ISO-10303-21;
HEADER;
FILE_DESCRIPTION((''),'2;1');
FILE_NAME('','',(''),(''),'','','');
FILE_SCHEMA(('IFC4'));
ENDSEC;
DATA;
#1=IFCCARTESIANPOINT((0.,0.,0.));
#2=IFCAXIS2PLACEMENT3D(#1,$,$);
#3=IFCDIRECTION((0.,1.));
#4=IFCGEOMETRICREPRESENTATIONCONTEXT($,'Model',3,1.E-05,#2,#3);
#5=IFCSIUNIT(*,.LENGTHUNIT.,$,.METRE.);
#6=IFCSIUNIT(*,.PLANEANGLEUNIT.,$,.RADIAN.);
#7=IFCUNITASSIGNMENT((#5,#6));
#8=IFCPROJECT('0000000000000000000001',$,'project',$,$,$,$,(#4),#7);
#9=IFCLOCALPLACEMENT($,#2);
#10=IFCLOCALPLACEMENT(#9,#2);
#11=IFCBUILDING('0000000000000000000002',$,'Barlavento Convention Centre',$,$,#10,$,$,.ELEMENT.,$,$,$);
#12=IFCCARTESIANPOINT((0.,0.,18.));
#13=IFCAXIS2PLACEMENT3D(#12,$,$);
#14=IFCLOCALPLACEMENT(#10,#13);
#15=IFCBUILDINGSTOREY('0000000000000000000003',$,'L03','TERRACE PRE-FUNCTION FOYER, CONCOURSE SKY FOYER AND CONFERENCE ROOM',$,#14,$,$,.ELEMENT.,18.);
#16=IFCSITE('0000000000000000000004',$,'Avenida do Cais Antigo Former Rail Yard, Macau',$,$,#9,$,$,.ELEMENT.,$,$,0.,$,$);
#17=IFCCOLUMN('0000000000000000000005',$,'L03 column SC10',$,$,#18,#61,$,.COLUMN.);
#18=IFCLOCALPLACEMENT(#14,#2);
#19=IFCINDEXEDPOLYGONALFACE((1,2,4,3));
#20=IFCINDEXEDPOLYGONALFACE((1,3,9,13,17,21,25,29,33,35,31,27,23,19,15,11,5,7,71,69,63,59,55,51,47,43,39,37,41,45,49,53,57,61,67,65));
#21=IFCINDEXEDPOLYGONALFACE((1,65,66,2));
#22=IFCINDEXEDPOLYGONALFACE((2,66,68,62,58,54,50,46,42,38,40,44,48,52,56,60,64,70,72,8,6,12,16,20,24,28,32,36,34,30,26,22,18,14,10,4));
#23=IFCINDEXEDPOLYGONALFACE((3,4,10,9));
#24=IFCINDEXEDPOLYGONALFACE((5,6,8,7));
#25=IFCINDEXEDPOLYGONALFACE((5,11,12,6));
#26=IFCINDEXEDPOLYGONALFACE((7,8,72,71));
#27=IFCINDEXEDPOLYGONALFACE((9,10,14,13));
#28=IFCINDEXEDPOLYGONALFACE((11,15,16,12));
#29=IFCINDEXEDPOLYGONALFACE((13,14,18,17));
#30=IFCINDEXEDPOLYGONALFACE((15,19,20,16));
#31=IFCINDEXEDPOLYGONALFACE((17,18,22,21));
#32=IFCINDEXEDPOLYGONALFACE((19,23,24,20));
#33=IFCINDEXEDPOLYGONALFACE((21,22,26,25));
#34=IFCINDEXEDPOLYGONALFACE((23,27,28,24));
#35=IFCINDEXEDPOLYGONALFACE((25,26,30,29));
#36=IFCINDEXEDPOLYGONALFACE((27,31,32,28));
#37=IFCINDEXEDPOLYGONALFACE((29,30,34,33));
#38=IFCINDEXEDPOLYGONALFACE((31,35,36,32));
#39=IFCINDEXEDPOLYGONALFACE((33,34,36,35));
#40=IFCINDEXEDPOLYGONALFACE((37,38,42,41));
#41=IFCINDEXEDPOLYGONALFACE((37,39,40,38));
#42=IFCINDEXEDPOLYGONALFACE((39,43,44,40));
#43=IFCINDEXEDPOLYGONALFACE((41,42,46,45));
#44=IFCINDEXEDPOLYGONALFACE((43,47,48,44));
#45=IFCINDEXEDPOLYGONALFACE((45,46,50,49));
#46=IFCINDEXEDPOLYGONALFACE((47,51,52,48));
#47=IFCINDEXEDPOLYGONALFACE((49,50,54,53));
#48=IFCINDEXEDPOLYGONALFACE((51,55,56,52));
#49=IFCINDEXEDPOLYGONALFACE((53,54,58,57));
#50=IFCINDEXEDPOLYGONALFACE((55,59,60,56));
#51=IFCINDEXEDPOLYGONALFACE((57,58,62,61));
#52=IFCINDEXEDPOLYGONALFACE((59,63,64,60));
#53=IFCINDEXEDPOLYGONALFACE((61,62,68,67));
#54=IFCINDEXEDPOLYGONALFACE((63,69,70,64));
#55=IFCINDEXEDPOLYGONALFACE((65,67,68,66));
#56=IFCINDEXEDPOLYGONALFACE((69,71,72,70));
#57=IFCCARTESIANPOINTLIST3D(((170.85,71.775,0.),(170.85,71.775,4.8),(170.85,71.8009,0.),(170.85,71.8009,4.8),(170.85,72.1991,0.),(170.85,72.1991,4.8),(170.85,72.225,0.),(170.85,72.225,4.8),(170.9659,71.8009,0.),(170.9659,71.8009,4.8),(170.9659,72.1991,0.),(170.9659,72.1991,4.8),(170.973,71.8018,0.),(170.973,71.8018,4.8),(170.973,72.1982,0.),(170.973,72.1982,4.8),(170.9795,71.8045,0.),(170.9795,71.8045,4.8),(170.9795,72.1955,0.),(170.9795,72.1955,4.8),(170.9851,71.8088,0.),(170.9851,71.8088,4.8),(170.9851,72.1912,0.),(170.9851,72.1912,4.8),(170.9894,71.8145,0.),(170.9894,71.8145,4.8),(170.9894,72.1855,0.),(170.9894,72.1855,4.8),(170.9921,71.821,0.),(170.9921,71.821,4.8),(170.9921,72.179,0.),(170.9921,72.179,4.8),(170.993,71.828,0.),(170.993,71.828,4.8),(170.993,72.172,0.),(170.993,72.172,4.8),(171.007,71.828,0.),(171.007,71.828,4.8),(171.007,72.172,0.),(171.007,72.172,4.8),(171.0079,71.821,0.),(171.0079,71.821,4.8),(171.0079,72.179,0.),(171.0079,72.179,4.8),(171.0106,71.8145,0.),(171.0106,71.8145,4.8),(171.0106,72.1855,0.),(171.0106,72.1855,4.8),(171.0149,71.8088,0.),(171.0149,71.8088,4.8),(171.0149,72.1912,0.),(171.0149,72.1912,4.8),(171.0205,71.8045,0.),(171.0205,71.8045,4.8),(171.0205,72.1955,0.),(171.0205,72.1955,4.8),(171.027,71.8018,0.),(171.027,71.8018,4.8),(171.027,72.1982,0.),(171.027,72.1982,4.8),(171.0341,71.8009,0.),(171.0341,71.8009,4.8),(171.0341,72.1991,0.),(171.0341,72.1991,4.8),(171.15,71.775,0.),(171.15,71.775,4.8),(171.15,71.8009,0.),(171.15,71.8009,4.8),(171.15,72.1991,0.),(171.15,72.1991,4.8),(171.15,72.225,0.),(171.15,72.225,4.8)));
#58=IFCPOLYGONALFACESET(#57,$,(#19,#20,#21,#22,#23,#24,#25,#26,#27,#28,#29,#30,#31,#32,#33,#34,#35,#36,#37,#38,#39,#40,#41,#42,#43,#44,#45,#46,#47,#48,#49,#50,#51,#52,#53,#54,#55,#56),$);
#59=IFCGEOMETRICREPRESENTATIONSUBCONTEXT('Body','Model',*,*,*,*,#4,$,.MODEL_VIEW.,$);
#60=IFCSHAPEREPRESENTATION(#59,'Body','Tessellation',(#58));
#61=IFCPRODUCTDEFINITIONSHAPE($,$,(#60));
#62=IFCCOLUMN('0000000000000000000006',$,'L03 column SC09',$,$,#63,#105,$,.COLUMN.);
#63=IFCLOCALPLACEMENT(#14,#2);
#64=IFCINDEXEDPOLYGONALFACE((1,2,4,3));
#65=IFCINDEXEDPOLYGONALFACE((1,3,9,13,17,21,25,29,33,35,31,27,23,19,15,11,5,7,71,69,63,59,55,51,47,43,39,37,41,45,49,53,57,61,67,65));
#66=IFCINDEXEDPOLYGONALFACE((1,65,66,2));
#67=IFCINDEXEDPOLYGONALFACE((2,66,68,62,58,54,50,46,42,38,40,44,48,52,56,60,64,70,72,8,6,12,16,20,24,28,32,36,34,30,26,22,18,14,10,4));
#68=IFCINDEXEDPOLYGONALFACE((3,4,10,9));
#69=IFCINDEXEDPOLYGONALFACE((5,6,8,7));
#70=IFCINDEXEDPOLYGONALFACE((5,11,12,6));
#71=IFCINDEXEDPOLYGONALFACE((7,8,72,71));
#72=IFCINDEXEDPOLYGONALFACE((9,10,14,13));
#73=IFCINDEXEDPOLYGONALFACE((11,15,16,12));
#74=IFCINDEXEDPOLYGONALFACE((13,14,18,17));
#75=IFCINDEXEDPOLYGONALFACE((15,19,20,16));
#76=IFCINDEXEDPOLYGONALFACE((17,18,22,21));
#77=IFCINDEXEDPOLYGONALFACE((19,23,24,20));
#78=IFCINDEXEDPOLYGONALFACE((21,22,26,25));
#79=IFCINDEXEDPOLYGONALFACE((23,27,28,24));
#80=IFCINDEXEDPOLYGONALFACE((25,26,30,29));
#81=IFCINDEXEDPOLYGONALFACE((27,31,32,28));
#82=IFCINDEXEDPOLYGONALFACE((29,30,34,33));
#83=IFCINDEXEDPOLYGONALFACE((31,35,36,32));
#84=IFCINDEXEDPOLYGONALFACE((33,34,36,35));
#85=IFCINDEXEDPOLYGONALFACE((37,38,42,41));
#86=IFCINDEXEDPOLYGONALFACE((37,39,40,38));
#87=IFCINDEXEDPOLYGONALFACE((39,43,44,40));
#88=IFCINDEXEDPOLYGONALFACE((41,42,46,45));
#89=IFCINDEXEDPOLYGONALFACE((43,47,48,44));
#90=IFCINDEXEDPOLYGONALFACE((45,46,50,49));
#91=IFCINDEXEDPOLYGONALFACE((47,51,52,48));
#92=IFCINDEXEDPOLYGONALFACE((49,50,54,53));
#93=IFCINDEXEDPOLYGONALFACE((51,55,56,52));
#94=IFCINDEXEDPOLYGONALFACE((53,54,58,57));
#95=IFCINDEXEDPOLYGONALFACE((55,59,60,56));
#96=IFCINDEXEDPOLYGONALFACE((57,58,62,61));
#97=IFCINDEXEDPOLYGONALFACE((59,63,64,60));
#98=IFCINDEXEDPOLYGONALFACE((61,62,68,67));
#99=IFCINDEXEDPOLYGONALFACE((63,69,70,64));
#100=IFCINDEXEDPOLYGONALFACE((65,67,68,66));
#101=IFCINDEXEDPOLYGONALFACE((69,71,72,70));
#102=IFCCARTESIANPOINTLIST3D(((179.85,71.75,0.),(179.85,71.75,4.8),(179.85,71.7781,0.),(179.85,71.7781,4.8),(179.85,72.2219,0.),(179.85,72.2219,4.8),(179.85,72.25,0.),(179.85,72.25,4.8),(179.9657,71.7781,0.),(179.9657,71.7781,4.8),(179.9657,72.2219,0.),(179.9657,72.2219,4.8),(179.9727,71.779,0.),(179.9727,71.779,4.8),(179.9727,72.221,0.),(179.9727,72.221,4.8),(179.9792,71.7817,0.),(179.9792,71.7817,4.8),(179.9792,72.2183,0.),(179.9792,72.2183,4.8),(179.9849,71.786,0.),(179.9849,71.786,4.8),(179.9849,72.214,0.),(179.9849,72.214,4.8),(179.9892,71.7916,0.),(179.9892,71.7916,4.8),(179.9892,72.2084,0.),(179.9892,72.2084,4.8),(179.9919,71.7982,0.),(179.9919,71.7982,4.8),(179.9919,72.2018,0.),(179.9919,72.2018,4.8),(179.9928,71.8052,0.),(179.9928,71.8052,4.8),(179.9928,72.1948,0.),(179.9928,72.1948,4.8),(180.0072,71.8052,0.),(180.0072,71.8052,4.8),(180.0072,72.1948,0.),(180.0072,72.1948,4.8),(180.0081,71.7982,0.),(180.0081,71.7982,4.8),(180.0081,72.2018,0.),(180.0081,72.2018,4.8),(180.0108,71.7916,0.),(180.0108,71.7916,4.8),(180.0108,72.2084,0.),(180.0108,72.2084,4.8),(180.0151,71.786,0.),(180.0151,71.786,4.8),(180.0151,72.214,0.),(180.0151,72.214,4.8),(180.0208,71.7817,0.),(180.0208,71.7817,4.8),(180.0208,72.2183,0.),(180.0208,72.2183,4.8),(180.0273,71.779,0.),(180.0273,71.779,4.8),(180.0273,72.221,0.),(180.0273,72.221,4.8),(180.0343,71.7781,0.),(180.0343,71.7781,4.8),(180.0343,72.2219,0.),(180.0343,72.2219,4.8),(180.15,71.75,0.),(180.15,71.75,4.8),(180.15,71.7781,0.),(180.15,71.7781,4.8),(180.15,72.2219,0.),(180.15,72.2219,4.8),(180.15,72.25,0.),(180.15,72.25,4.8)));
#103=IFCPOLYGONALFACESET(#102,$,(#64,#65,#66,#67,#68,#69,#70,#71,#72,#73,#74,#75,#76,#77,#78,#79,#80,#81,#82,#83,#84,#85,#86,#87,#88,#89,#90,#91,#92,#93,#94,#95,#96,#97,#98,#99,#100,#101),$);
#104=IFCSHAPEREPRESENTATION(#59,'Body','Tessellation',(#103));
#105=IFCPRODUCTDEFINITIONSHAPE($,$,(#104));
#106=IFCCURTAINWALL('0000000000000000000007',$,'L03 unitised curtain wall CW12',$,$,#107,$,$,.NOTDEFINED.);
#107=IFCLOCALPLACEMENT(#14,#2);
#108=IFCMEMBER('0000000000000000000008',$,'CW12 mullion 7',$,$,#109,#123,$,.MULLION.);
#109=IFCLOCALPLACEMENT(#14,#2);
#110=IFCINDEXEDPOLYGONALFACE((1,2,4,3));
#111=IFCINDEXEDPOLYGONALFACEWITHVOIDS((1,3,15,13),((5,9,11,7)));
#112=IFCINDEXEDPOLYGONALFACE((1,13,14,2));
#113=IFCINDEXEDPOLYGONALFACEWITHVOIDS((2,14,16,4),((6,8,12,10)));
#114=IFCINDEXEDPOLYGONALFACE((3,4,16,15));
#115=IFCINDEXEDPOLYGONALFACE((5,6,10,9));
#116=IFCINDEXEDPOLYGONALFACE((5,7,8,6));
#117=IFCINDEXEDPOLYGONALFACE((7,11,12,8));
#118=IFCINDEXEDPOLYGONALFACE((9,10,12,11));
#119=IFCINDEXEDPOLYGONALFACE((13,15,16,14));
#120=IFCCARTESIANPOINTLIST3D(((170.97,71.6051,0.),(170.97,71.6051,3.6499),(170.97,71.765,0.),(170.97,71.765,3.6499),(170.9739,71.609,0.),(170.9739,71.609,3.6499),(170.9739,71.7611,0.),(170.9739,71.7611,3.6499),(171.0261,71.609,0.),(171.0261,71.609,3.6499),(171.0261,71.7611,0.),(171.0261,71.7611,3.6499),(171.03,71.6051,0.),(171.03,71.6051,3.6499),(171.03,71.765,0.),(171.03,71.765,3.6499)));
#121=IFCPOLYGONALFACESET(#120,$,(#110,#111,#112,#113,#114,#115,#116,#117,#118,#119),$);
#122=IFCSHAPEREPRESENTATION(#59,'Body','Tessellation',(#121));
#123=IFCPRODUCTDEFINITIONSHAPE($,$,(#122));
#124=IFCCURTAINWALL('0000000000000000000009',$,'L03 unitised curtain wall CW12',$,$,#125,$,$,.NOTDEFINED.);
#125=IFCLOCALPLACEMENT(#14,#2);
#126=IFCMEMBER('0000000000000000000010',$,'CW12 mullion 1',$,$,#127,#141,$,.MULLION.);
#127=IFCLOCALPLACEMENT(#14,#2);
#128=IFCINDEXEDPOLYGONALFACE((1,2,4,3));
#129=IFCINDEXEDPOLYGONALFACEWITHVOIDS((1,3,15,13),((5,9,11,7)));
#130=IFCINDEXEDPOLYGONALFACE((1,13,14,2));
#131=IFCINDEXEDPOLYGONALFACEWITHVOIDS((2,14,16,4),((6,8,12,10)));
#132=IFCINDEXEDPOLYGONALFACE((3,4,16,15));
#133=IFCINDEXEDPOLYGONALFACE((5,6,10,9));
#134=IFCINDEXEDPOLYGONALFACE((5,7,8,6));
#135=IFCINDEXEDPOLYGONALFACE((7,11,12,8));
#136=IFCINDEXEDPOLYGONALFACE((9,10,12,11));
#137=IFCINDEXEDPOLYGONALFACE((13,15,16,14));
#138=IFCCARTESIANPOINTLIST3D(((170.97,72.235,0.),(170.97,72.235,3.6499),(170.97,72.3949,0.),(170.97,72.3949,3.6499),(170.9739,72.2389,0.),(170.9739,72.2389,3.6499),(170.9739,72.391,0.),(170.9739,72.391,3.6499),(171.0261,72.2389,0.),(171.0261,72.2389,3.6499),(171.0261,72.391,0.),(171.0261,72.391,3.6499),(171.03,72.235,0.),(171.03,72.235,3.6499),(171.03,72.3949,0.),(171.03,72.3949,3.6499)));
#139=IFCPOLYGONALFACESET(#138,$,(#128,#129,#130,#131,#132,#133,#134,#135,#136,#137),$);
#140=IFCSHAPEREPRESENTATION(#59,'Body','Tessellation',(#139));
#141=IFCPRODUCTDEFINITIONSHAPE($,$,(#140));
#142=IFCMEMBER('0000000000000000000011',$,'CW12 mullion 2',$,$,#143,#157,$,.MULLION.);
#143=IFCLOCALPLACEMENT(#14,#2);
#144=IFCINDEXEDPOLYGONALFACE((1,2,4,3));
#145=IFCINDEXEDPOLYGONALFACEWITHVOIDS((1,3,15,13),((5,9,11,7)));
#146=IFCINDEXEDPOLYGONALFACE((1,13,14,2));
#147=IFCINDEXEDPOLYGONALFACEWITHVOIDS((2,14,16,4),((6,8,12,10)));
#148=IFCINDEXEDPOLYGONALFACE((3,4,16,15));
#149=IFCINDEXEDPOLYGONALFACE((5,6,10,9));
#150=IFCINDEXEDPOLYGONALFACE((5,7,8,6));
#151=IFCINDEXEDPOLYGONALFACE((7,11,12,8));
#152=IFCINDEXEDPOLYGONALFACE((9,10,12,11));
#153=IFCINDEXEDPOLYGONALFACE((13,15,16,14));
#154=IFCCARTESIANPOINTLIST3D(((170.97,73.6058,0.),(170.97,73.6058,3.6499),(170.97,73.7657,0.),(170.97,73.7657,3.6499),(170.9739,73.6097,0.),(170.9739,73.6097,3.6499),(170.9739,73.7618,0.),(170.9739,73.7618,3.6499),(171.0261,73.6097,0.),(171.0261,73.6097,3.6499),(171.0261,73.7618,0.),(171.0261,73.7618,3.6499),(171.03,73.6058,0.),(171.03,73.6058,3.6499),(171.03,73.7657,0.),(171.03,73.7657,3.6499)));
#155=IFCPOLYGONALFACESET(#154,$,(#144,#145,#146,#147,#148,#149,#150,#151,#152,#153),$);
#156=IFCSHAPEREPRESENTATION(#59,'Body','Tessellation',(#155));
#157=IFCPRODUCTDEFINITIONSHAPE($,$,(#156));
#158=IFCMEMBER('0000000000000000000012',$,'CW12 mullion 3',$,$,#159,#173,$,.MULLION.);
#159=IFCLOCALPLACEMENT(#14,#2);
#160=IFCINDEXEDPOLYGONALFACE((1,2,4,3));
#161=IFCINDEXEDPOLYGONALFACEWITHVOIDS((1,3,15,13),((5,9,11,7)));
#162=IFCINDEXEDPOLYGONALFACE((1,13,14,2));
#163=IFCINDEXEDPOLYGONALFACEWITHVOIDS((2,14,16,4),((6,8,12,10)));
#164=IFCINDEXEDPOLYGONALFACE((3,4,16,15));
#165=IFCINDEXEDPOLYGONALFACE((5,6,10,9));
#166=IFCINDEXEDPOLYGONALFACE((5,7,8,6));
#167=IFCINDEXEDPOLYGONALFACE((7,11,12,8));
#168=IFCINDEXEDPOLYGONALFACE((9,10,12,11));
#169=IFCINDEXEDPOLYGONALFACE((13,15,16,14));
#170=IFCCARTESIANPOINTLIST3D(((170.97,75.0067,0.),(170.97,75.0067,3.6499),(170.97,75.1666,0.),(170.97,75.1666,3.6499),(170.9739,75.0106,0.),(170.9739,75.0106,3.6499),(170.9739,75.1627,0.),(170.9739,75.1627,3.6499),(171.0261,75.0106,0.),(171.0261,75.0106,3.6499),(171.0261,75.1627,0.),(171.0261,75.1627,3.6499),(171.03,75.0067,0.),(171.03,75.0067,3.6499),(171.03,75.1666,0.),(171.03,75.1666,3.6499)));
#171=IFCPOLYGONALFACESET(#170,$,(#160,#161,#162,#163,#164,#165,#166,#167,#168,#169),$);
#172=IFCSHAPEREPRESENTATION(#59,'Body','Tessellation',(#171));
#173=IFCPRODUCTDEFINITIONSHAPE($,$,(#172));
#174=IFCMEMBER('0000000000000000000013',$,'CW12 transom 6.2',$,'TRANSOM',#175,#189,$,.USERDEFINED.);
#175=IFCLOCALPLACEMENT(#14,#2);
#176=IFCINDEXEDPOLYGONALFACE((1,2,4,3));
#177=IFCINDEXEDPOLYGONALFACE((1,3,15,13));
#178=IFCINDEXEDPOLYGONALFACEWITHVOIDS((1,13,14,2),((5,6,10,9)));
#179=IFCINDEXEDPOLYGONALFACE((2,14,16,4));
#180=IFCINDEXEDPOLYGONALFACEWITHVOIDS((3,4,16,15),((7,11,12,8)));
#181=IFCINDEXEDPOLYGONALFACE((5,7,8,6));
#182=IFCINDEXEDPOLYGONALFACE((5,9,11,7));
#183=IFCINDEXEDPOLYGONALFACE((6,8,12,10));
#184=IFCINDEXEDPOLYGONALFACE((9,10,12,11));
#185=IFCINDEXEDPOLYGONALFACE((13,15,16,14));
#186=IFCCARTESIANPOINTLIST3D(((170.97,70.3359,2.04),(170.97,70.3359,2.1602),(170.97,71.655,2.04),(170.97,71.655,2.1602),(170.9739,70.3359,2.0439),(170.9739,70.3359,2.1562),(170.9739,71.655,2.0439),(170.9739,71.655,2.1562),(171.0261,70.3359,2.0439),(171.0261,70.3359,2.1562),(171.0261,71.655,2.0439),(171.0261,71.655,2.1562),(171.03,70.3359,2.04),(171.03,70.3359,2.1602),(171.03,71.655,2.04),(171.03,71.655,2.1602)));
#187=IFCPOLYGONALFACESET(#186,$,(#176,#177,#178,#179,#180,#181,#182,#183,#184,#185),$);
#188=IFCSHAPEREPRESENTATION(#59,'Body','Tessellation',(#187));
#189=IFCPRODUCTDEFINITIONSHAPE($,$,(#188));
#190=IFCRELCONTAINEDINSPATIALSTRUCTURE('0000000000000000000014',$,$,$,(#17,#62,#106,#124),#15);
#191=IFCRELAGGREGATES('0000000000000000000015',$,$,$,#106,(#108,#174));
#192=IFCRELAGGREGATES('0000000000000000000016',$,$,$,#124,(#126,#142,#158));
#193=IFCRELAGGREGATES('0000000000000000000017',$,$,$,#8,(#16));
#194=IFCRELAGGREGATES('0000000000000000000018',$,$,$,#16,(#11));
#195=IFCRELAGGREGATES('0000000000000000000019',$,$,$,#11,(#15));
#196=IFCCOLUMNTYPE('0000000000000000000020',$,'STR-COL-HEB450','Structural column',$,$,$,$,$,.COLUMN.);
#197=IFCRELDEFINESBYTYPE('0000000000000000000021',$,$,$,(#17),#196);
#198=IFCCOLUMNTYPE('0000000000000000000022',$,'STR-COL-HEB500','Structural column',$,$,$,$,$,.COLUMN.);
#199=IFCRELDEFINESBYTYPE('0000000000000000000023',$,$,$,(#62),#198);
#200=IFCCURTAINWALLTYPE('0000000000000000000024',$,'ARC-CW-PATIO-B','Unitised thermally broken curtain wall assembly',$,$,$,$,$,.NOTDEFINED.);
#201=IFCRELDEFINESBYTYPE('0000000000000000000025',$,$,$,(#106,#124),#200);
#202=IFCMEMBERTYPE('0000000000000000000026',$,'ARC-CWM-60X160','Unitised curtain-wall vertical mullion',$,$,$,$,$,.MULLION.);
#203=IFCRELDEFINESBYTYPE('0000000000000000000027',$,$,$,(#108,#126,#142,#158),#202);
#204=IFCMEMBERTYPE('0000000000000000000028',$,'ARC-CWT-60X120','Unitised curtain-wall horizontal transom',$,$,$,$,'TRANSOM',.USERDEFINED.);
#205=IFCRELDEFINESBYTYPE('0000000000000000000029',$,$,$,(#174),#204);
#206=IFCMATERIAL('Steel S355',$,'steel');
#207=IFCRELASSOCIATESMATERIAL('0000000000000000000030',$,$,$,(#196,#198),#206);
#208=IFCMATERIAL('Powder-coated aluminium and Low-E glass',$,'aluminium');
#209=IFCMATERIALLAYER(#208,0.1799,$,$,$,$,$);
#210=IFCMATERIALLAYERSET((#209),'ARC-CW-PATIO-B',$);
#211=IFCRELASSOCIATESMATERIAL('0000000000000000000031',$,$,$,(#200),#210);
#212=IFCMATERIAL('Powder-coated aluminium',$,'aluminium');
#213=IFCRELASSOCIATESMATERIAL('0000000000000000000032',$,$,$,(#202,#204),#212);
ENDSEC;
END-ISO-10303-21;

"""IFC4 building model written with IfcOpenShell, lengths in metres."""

from ifc_helpers import new_model, si_unit, direction, frame, origin, origin_2d, place, context, subcontext, project, spatial, hollow_rectangle, i_section, extrude, material, layer, layer_set, material_profile, profile_set, type_object, element, aggregate, save


model = new_model("IFC4")

# Units and contexts
model_context = context("Model", 3, precision=1e-05, world=origin(), true_north=direction((0.0, 1.0)))
body_context = subcontext(model_context, "Body", "Model", "MODEL_VIEW")
ifc_project = project(units=[si_unit("LENGTHUNIT", "METRE"), si_unit("PLANEANGLEUNIT", "RADIAN")], contexts=[model_context])

# Site, building, storey
site_placement = place(None, origin())
site = spatial("IfcSite", under=ifc_project, at=site_placement, Name="Avenida do Cais Antigo Former Rail Yard, Macau", CompositionType="ELEMENT", RefElevation=0.0)
building_placement = place(site_placement, origin())
building = spatial("IfcBuilding", under=site, at=building_placement, Name="Barlavento Convention Centre", CompositionType="ELEMENT")
storey_placement = place(building_placement, frame((0.0, 0.0, 18.0)))
storey = spatial("IfcBuildingStorey", under=building, at=storey_placement, Name="L03", Description="TERRACE PRE-FUNCTION FOYER, CONCOURSE SKY FOYER AND CONFERENCE ROOM", CompositionType="ELEMENT", Elevation=18.0)

# Columns
ifc_material_1 = material(Name="Steel S355", Category="steel")
ifc_material_profile_1 = material_profile(ifc_material_1, i_section(OverallWidth=0.3, OverallDepth=0.45, WebThickness=0.0139, FlangeThickness=0.0259, FilletRadius=0.0271, at=origin_2d()), Name="HEB 450")
ifc_profile_set_1 = profile_set([ifc_material_profile_1], Name="Steel S355")
column_type_1 = type_object("IfcColumnType", Name="STR-COL-HEB450", Description="Structural column", PredefinedType="COLUMN", material=ifc_profile_set_1)
column_1_placement = place(storey_placement, frame((171.0, 72.0, 0.0), z_axis=(0.0, 0.0, 1.0), x_axis=(1.0, 0.0, 0.0)))
element("IfcColumn", 1, at=column_1_placement, inside=storey, type_object=column_type_1, Name="L03 column SC10", PredefinedType="COLUMN", context=body_context, shape_type="SweptSolid", body=[
    extrude(i_section(OverallWidth=0.3, OverallDepth=0.45, WebThickness=0.0139, FlangeThickness=0.0259, FilletRadius=0.0271, at=origin_2d()), origin(), (0.0, 0.0, 1.0), 4.8),
])
ifc_material_profile_2 = material_profile(ifc_material_1, i_section(OverallWidth=0.3, OverallDepth=0.5, WebThickness=0.0144, FlangeThickness=0.0281, FilletRadius=0.0271, at=origin_2d()), Name="HEB 500")
ifc_profile_set_2 = profile_set([ifc_material_profile_2], Name="Steel S355")
column_type_2 = type_object("IfcColumnType", Name="STR-COL-HEB500", Description="Structural column", PredefinedType="COLUMN", material=ifc_profile_set_2)
column_2_placement = place(storey_placement, frame((180.0, 72.0, 0.0), z_axis=(0.0, 0.0, 1.0), x_axis=(1.0, 0.0, 0.0)))
element("IfcColumn", 2, at=column_2_placement, inside=storey, type_object=column_type_2, Name="L03 column SC09", PredefinedType="COLUMN", context=body_context, shape_type="SweptSolid", body=[
    extrude(i_section(OverallWidth=0.3, OverallDepth=0.5, WebThickness=0.0144, FlangeThickness=0.0281, FilletRadius=0.0271, at=origin_2d()), origin(), (0.0, 0.0, 1.0), 4.8),
])

# Curtain wall, member
ifc_material_2 = material(Name="Powder-coated aluminium and Low-E glass", Category="aluminium")
ifc_layer_1 = layer(ifc_material_2, 0.1799)
ifc_layer_set_1 = layer_set([ifc_layer_1], Name="ARC-CW-PATIO-B")
curtain_wall_type = type_object("IfcCurtainWallType", Name="ARC-CW-PATIO-B", Description="Unitised thermally broken curtain wall assembly", PredefinedType="NOTDEFINED", material=ifc_layer_set_1)
curtain_wall_1_placement = place(storey_placement, origin())
curtain_wall_1 = element("IfcCurtainWall", 3, at=curtain_wall_1_placement, inside=storey, type_object=curtain_wall_type, Name="L03 unitised curtain wall CW12", PredefinedType="NOTDEFINED")
ifc_material_3 = material(Name="Powder-coated aluminium", Category="aluminium")
ifc_material_profile_3 = material_profile(ifc_material_3, hollow_rectangle(XDim=0.0601, YDim=0.1599, WallThickness=0.0039, at=origin_2d()), Name="AL-MULL 60x160x4")
ifc_profile_set_3 = profile_set([ifc_material_profile_3], Name="Powder-coated aluminium")
member_type_1 = type_object("IfcMemberType", Name="ARC-CWM-60X160", Description="Unitised curtain-wall vertical mullion", PredefinedType="MULLION", material=ifc_profile_set_3)
member_1_placement = place(storey_placement, frame((171.0, 71.6851, 0.0), z_axis=(0.0, 0.0, 1.0), x_axis=(-1.0, 0.0, 0.0)))
member_1 = element("IfcMember", 4, at=member_1_placement, type_object=member_type_1, Name="CW12 mullion 7", PredefinedType="MULLION", context=body_context, shape_type="SweptSolid", body=[
    extrude(hollow_rectangle(XDim=0.0601, YDim=0.1599, WallThickness=0.0039, at=origin_2d()), origin(), (0.0, 0.0, 1.0), 3.6499),
])

# Curtain wall, members
curtain_wall_2_placement = place(storey_placement, origin())
curtain_wall_2 = element("IfcCurtainWall", 5, at=curtain_wall_2_placement, inside=storey, type_object=curtain_wall_type, Name="L03 unitised curtain wall CW12", PredefinedType="NOTDEFINED")
member_2_placement = place(storey_placement, frame((171.0, 72.3149, 0.0), z_axis=(0.0, 0.0, 1.0), x_axis=(-1.0, 0.0, 0.0)))
member_2 = element("IfcMember", 6, at=member_2_placement, type_object=member_type_1, Name="CW12 mullion 1", PredefinedType="MULLION", context=body_context, shape_type="SweptSolid", body=[
    extrude(hollow_rectangle(XDim=0.0601, YDim=0.1599, WallThickness=0.0039, at=origin_2d()), origin(), (0.0, 0.0, 1.0), 3.6499),
])
member_3_placement = place(storey_placement, frame((171.0, 73.6858, 0.0), z_axis=(0.0, 0.0, 1.0), x_axis=(-1.0, 0.0, 0.0)))
member_3 = element("IfcMember", 7, at=member_3_placement, type_object=member_type_1, Name="CW12 mullion 2", PredefinedType="MULLION", context=body_context, shape_type="SweptSolid", body=[
    extrude(hollow_rectangle(XDim=0.0601, YDim=0.1599, WallThickness=0.0039, at=origin_2d()), origin(), (0.0, 0.0, 1.0), 3.6499),
])
member_4_placement = place(storey_placement, frame((171.0, 75.0867, 0.0), z_axis=(0.0, 0.0, 1.0), x_axis=(-1.0, 0.0, 0.0)))
member_4 = element("IfcMember", 8, at=member_4_placement, type_object=member_type_1, Name="CW12 mullion 3", PredefinedType="MULLION", context=body_context, shape_type="SweptSolid", body=[
    extrude(hollow_rectangle(XDim=0.0601, YDim=0.1599, WallThickness=0.0039, at=origin_2d()), origin(), (0.0, 0.0, 1.0), 3.6499),
])

# Member
ifc_material_profile_4 = material_profile(ifc_material_3, hollow_rectangle(XDim=0.0601, YDim=0.1201, WallThickness=0.0039, at=origin_2d()), Name="AL-TRAN 60x120x4")
ifc_profile_set_4 = profile_set([ifc_material_profile_4], Name="Powder-coated aluminium")
member_type_2 = type_object("IfcMemberType", Name="ARC-CWT-60X120", Description="Unitised curtain-wall horizontal transom", ElementType="TRANSOM", PredefinedType="USERDEFINED", material=ifc_profile_set_4)
member_5_placement = place(storey_placement, frame((171.0, 70.3359, 2.1001), z_axis=(0.0, 1.0, 0.0), x_axis=(-1.0, 0.0, 0.0)))
member_5 = element("IfcMember", 9, at=member_5_placement, type_object=member_type_2, Name="CW12 transom 6.2", ObjectType="TRANSOM", PredefinedType="USERDEFINED", context=body_context, shape_type="SweptSolid", body=[
    extrude(hollow_rectangle(XDim=0.0601, YDim=0.1201, WallThickness=0.0039, at=origin_2d()), origin(), (0.0, 0.0, 1.0), 1.3191),
])

aggregate(curtain_wall_1, [member_1, member_5])
aggregate(curtain_wall_2, [member_2, member_3, member_4])

save(model, "model.ifc")
